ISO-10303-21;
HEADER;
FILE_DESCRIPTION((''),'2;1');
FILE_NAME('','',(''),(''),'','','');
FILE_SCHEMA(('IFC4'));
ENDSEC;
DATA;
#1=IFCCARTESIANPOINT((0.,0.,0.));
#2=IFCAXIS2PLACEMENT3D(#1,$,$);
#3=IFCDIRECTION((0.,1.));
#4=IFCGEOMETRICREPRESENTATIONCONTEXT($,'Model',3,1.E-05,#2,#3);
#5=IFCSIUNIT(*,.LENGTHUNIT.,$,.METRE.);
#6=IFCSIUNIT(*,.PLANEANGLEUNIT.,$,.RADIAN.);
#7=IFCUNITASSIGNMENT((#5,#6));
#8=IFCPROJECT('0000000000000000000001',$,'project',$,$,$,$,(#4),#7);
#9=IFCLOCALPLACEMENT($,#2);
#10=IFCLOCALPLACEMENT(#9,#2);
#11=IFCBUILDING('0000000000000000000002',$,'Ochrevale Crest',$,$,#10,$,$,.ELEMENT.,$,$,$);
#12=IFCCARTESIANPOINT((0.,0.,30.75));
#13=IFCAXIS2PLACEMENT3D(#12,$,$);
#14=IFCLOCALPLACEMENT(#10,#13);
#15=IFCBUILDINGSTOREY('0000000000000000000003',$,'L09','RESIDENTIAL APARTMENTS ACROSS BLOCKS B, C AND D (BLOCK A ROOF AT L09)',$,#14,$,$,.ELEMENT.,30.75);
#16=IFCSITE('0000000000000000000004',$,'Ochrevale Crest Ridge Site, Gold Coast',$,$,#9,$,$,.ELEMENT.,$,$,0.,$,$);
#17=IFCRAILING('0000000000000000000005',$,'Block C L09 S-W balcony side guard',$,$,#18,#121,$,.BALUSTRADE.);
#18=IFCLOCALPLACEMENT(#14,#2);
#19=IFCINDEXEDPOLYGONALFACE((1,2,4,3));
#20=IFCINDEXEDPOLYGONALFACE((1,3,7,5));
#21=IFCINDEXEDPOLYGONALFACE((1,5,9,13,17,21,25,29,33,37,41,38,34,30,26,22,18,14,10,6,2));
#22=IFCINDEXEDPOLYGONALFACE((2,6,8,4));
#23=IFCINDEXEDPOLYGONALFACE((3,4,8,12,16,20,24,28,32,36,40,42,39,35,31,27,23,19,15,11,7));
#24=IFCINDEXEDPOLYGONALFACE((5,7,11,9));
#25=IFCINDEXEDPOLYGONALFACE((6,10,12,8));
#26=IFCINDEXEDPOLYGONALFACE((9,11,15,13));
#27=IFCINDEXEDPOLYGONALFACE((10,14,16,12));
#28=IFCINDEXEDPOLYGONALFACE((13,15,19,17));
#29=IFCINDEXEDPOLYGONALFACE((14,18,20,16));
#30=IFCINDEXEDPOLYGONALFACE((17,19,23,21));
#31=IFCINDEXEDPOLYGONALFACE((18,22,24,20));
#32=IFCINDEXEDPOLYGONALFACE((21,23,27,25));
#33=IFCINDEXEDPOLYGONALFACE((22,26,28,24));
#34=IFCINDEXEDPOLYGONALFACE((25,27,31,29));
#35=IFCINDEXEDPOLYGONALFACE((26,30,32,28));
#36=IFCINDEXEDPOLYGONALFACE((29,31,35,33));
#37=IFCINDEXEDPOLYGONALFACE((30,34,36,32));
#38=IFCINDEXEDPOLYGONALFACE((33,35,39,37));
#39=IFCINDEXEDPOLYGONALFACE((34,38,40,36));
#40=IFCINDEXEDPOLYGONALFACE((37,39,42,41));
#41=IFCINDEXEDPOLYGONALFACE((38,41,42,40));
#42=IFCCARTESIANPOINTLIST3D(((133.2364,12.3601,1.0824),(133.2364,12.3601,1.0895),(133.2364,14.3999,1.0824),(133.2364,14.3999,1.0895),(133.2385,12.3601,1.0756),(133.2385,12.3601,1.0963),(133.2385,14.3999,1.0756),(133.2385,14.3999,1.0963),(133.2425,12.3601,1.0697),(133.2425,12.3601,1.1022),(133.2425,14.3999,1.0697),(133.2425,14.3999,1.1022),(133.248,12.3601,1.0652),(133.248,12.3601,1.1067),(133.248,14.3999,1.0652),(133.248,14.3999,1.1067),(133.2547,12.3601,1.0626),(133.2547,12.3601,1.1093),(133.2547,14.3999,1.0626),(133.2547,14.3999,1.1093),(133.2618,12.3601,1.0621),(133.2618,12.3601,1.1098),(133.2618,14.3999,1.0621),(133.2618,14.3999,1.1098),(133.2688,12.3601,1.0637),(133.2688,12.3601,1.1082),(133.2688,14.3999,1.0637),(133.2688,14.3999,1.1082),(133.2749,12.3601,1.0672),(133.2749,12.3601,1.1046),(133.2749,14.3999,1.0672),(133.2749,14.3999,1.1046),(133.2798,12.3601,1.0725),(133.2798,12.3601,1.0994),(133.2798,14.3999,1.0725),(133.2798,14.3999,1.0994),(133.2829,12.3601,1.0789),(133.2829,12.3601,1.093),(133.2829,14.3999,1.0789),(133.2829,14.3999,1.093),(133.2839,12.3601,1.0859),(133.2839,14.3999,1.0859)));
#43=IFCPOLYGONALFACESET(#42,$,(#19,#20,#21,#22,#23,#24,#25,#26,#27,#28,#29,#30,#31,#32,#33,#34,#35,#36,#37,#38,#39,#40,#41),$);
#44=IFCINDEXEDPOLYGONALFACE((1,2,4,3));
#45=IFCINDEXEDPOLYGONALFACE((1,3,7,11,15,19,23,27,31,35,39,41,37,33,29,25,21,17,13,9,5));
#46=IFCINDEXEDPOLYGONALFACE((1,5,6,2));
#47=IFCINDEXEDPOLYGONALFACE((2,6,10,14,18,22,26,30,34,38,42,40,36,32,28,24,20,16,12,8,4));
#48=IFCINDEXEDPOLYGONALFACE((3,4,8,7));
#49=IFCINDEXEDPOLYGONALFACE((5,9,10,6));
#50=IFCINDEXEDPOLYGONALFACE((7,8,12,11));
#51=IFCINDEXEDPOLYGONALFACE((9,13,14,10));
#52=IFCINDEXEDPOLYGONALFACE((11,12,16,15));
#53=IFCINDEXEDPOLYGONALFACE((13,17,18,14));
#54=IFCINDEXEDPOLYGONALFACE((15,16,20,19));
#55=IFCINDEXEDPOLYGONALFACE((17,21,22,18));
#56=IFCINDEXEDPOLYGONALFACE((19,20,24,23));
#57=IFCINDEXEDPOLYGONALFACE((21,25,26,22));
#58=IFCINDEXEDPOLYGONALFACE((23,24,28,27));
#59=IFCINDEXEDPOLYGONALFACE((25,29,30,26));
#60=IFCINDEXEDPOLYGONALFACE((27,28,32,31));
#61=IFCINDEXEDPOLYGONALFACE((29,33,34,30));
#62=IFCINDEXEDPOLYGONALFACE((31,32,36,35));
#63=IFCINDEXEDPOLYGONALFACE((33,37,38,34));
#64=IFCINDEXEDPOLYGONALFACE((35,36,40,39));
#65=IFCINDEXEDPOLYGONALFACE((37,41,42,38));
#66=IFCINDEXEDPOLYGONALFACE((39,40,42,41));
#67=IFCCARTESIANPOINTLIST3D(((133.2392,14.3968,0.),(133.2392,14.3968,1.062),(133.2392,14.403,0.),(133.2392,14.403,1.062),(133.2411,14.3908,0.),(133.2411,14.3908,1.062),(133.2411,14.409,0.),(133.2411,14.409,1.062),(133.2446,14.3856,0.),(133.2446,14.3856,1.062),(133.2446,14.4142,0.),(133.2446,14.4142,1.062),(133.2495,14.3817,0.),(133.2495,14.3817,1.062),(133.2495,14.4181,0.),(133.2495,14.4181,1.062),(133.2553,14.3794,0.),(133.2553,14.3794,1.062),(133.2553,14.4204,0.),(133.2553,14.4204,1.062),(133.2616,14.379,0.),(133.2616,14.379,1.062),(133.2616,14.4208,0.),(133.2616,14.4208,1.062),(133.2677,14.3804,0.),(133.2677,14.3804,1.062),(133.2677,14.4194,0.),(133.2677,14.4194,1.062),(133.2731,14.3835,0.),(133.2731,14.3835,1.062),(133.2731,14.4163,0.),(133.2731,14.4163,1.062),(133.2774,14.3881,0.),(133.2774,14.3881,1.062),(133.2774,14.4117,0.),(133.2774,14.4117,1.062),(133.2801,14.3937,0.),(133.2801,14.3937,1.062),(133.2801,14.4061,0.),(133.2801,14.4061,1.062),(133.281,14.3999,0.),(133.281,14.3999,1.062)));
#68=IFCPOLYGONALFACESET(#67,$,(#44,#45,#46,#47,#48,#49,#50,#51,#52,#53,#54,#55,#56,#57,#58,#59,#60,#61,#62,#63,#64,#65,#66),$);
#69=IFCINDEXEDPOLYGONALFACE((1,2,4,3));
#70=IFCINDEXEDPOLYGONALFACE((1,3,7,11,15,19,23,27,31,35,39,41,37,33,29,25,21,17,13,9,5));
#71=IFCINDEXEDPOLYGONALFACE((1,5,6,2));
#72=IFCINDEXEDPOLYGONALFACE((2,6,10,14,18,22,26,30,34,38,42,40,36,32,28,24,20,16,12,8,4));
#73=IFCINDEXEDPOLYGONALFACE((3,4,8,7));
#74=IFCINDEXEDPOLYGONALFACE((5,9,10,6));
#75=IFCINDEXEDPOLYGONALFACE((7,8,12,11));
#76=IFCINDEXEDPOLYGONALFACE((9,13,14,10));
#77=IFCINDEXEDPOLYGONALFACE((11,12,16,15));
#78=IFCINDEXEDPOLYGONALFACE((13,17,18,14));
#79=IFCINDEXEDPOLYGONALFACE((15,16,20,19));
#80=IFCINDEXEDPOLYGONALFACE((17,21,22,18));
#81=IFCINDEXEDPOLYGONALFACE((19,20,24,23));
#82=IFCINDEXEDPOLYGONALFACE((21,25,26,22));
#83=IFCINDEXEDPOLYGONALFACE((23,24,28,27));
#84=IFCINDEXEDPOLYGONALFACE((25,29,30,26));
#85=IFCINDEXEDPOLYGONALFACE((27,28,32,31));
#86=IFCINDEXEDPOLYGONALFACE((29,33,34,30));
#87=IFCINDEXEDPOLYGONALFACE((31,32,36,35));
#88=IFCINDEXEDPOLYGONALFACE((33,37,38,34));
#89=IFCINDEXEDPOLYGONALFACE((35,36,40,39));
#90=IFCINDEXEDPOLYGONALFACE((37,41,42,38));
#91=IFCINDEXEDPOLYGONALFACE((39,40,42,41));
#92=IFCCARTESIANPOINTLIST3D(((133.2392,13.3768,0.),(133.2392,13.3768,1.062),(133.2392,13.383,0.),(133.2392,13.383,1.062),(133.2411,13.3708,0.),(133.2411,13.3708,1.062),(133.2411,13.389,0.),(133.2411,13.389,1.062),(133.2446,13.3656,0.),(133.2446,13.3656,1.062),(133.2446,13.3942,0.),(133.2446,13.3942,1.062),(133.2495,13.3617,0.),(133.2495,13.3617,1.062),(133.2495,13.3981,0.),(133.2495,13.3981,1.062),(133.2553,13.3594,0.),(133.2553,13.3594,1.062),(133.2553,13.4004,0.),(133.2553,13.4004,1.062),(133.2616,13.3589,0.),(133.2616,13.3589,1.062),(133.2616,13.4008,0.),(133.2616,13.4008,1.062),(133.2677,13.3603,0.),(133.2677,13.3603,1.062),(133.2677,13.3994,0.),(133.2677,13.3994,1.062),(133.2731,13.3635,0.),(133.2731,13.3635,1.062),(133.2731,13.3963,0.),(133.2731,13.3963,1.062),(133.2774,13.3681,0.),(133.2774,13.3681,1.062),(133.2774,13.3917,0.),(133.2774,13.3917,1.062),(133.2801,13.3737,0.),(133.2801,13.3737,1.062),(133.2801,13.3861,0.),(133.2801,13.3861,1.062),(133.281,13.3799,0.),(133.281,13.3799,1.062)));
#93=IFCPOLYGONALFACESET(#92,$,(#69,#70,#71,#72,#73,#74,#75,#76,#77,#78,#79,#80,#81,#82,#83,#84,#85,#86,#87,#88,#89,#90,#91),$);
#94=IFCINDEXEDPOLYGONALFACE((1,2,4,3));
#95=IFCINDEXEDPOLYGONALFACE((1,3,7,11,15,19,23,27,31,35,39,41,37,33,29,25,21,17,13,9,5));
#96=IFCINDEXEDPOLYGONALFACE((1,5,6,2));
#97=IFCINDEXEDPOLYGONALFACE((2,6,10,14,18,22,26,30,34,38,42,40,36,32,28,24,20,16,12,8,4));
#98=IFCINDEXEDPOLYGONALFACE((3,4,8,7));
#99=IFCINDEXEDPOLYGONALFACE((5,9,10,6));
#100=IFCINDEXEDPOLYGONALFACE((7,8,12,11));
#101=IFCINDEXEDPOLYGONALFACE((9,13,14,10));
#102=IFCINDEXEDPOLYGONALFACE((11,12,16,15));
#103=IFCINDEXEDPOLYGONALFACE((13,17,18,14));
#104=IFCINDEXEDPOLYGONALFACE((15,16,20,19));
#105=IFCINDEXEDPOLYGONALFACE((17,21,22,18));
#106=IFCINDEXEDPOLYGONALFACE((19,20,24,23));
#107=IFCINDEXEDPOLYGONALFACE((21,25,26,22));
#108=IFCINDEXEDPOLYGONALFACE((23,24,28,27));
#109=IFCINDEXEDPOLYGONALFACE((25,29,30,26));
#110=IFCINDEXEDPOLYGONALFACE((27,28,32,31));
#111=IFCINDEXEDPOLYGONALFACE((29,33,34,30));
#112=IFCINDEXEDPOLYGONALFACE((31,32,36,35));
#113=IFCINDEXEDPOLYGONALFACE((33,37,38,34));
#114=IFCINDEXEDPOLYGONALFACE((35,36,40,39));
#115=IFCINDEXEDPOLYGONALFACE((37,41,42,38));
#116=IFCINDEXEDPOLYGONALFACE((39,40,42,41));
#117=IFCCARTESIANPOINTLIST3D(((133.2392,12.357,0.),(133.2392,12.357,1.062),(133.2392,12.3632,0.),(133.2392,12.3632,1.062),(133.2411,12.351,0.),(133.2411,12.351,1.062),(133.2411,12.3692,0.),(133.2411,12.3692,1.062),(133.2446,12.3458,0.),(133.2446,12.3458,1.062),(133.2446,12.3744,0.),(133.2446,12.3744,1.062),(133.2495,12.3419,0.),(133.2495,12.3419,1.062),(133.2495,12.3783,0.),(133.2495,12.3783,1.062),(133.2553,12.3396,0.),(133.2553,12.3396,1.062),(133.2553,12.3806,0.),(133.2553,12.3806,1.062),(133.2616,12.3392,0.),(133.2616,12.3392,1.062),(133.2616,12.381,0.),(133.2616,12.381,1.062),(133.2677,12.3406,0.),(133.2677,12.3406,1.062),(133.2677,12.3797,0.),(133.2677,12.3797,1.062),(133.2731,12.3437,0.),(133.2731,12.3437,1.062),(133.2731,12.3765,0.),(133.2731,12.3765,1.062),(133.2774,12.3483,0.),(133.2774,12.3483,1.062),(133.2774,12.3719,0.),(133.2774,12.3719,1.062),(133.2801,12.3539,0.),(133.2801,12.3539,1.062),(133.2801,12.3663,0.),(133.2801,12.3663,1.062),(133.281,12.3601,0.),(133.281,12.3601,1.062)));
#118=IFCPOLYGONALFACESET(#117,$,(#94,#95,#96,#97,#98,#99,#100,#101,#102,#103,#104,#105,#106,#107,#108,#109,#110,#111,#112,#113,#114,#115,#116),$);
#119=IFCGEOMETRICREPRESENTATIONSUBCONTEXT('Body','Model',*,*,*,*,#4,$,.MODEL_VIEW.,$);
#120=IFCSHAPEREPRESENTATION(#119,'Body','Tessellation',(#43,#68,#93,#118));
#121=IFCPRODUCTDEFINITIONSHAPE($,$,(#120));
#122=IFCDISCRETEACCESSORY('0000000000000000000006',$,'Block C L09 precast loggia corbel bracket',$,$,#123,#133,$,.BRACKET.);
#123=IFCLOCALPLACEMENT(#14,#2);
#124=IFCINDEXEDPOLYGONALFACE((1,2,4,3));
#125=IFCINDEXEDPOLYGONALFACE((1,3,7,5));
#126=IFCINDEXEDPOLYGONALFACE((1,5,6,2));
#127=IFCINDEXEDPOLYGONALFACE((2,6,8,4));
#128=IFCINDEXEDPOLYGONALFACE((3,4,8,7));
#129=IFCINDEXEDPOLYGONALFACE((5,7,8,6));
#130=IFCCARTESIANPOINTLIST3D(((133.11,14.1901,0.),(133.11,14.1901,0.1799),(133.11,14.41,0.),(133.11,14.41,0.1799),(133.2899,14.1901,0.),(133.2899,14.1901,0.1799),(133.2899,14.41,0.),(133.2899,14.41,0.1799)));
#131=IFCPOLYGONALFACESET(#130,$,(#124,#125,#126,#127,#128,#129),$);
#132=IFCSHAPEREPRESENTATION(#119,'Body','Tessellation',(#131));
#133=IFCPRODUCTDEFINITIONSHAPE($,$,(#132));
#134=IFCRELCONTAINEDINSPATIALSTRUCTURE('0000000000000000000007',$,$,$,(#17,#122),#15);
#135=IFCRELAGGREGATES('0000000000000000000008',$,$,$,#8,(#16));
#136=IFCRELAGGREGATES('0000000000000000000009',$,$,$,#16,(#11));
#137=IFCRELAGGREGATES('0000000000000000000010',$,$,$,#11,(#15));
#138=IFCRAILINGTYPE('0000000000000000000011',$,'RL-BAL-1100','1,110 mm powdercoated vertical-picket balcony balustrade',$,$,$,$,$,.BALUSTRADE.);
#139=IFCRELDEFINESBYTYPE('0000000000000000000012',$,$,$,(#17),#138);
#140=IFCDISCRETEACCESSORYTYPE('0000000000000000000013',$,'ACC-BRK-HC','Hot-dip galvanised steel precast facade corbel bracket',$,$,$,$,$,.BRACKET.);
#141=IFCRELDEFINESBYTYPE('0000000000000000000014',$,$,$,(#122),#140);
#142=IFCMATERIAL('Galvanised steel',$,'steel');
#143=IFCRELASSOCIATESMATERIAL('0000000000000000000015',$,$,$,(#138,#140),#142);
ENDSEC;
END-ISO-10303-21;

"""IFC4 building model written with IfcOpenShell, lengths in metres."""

from ifc_helpers import new_model, si_unit, direction, frame, origin, origin_2d, place, context, subcontext, project, spatial, rectangle, circle, extrude, material, type_object, element, save


model = new_model("IFC4")

# Units and contexts
model_context = context("Model", 3, precision=1e-05, world=origin(), true_north=direction((0.0, 1.0)))
body_context = subcontext(model_context, "Body", "Model", "MODEL_VIEW")
ifc_project = project(units=[si_unit("LENGTHUNIT", "METRE"), si_unit("PLANEANGLEUNIT", "RADIAN")], contexts=[model_context])

# Site, building, storey
site_placement = place(None, origin())
site = spatial("IfcSite", under=ifc_project, at=site_placement, Name="Ochrevale Crest Ridge Site, Gold Coast", CompositionType="ELEMENT", RefElevation=0.0)
building_placement = place(site_placement, origin())
building = spatial("IfcBuilding", under=site, at=building_placement, Name="Ochrevale Crest", CompositionType="ELEMENT")
storey_placement = place(building_placement, frame((0.0, 0.0, 30.75)))
storey = spatial("IfcBuildingStorey", under=building, at=storey_placement, Name="L09", Description="RESIDENTIAL APARTMENTS ACROSS BLOCKS B, C AND D (BLOCK A ROOF AT L09)", CompositionType="ELEMENT", Elevation=30.75)

# Railing
ifc_material_1 = material(Name="Galvanised steel", Category="steel")
railing_type = type_object("IfcRailingType", Name="RL-BAL-1100", Description="1,110 mm powdercoated vertical-picket balcony balustrade", PredefinedType="BALUSTRADE", material=ifc_material_1)
railing_1_placement = place(storey_placement, frame((133.26, 14.3999, 0.0)))
element("IfcRailing", 1, at=railing_1_placement, inside=storey, type_object=railing_type, Name="Block C L09 S-W balcony side guard", PredefinedType="BALUSTRADE", context=body_context, shape_type="SweptSolid", body=[
    extrude(circle(Radius=0.0239, at=origin_2d()), frame((0.0, 0.0, 1.0859), z_axis=(0.0, -1.0, 0.0), x_axis=(1.0, 0.0, 0.0)), (0.0, 0.0, 1.0), 2.0398),
    extrude(circle(Radius=0.021, at=origin_2d()), origin(), (0.0, 0.0, 1.0), 1.062),
    extrude(circle(Radius=0.021, at=origin_2d()), frame((0.0, -1.02, 0.0)), (0.0, 0.0, 1.0), 1.062),
    extrude(circle(Radius=0.021, at=origin_2d()), frame((0.0, -2.0398, 0.0)), (0.0, 0.0, 1.0), 1.062),
])

# Discrete accessory
discrete_accessory_type = type_object("IfcDiscreteAccessoryType", Name="ACC-BRK-HC", Description="Hot-dip galvanised steel precast facade corbel bracket", PredefinedType="BRACKET", material=ifc_material_1)
discrete_accessory_placement = place(storey_placement, frame((133.2, 14.3, 0.0), z_axis=(0.0, 0.0, 1.0), x_axis=(1.0, 0.0, 0.0)))
element("IfcDiscreteAccessory", 2, at=discrete_accessory_placement, inside=storey, type_object=discrete_accessory_type, Name="Block C L09 precast loggia corbel bracket", PredefinedType="BRACKET", context=body_context, shape_type="SweptSolid", body=[
    extrude(rectangle(XDim=0.1799, YDim=0.22, at=origin_2d()), origin(), (0.0, 0.0, 1.0), 0.1799),
])

save(model, "model.ifc")
